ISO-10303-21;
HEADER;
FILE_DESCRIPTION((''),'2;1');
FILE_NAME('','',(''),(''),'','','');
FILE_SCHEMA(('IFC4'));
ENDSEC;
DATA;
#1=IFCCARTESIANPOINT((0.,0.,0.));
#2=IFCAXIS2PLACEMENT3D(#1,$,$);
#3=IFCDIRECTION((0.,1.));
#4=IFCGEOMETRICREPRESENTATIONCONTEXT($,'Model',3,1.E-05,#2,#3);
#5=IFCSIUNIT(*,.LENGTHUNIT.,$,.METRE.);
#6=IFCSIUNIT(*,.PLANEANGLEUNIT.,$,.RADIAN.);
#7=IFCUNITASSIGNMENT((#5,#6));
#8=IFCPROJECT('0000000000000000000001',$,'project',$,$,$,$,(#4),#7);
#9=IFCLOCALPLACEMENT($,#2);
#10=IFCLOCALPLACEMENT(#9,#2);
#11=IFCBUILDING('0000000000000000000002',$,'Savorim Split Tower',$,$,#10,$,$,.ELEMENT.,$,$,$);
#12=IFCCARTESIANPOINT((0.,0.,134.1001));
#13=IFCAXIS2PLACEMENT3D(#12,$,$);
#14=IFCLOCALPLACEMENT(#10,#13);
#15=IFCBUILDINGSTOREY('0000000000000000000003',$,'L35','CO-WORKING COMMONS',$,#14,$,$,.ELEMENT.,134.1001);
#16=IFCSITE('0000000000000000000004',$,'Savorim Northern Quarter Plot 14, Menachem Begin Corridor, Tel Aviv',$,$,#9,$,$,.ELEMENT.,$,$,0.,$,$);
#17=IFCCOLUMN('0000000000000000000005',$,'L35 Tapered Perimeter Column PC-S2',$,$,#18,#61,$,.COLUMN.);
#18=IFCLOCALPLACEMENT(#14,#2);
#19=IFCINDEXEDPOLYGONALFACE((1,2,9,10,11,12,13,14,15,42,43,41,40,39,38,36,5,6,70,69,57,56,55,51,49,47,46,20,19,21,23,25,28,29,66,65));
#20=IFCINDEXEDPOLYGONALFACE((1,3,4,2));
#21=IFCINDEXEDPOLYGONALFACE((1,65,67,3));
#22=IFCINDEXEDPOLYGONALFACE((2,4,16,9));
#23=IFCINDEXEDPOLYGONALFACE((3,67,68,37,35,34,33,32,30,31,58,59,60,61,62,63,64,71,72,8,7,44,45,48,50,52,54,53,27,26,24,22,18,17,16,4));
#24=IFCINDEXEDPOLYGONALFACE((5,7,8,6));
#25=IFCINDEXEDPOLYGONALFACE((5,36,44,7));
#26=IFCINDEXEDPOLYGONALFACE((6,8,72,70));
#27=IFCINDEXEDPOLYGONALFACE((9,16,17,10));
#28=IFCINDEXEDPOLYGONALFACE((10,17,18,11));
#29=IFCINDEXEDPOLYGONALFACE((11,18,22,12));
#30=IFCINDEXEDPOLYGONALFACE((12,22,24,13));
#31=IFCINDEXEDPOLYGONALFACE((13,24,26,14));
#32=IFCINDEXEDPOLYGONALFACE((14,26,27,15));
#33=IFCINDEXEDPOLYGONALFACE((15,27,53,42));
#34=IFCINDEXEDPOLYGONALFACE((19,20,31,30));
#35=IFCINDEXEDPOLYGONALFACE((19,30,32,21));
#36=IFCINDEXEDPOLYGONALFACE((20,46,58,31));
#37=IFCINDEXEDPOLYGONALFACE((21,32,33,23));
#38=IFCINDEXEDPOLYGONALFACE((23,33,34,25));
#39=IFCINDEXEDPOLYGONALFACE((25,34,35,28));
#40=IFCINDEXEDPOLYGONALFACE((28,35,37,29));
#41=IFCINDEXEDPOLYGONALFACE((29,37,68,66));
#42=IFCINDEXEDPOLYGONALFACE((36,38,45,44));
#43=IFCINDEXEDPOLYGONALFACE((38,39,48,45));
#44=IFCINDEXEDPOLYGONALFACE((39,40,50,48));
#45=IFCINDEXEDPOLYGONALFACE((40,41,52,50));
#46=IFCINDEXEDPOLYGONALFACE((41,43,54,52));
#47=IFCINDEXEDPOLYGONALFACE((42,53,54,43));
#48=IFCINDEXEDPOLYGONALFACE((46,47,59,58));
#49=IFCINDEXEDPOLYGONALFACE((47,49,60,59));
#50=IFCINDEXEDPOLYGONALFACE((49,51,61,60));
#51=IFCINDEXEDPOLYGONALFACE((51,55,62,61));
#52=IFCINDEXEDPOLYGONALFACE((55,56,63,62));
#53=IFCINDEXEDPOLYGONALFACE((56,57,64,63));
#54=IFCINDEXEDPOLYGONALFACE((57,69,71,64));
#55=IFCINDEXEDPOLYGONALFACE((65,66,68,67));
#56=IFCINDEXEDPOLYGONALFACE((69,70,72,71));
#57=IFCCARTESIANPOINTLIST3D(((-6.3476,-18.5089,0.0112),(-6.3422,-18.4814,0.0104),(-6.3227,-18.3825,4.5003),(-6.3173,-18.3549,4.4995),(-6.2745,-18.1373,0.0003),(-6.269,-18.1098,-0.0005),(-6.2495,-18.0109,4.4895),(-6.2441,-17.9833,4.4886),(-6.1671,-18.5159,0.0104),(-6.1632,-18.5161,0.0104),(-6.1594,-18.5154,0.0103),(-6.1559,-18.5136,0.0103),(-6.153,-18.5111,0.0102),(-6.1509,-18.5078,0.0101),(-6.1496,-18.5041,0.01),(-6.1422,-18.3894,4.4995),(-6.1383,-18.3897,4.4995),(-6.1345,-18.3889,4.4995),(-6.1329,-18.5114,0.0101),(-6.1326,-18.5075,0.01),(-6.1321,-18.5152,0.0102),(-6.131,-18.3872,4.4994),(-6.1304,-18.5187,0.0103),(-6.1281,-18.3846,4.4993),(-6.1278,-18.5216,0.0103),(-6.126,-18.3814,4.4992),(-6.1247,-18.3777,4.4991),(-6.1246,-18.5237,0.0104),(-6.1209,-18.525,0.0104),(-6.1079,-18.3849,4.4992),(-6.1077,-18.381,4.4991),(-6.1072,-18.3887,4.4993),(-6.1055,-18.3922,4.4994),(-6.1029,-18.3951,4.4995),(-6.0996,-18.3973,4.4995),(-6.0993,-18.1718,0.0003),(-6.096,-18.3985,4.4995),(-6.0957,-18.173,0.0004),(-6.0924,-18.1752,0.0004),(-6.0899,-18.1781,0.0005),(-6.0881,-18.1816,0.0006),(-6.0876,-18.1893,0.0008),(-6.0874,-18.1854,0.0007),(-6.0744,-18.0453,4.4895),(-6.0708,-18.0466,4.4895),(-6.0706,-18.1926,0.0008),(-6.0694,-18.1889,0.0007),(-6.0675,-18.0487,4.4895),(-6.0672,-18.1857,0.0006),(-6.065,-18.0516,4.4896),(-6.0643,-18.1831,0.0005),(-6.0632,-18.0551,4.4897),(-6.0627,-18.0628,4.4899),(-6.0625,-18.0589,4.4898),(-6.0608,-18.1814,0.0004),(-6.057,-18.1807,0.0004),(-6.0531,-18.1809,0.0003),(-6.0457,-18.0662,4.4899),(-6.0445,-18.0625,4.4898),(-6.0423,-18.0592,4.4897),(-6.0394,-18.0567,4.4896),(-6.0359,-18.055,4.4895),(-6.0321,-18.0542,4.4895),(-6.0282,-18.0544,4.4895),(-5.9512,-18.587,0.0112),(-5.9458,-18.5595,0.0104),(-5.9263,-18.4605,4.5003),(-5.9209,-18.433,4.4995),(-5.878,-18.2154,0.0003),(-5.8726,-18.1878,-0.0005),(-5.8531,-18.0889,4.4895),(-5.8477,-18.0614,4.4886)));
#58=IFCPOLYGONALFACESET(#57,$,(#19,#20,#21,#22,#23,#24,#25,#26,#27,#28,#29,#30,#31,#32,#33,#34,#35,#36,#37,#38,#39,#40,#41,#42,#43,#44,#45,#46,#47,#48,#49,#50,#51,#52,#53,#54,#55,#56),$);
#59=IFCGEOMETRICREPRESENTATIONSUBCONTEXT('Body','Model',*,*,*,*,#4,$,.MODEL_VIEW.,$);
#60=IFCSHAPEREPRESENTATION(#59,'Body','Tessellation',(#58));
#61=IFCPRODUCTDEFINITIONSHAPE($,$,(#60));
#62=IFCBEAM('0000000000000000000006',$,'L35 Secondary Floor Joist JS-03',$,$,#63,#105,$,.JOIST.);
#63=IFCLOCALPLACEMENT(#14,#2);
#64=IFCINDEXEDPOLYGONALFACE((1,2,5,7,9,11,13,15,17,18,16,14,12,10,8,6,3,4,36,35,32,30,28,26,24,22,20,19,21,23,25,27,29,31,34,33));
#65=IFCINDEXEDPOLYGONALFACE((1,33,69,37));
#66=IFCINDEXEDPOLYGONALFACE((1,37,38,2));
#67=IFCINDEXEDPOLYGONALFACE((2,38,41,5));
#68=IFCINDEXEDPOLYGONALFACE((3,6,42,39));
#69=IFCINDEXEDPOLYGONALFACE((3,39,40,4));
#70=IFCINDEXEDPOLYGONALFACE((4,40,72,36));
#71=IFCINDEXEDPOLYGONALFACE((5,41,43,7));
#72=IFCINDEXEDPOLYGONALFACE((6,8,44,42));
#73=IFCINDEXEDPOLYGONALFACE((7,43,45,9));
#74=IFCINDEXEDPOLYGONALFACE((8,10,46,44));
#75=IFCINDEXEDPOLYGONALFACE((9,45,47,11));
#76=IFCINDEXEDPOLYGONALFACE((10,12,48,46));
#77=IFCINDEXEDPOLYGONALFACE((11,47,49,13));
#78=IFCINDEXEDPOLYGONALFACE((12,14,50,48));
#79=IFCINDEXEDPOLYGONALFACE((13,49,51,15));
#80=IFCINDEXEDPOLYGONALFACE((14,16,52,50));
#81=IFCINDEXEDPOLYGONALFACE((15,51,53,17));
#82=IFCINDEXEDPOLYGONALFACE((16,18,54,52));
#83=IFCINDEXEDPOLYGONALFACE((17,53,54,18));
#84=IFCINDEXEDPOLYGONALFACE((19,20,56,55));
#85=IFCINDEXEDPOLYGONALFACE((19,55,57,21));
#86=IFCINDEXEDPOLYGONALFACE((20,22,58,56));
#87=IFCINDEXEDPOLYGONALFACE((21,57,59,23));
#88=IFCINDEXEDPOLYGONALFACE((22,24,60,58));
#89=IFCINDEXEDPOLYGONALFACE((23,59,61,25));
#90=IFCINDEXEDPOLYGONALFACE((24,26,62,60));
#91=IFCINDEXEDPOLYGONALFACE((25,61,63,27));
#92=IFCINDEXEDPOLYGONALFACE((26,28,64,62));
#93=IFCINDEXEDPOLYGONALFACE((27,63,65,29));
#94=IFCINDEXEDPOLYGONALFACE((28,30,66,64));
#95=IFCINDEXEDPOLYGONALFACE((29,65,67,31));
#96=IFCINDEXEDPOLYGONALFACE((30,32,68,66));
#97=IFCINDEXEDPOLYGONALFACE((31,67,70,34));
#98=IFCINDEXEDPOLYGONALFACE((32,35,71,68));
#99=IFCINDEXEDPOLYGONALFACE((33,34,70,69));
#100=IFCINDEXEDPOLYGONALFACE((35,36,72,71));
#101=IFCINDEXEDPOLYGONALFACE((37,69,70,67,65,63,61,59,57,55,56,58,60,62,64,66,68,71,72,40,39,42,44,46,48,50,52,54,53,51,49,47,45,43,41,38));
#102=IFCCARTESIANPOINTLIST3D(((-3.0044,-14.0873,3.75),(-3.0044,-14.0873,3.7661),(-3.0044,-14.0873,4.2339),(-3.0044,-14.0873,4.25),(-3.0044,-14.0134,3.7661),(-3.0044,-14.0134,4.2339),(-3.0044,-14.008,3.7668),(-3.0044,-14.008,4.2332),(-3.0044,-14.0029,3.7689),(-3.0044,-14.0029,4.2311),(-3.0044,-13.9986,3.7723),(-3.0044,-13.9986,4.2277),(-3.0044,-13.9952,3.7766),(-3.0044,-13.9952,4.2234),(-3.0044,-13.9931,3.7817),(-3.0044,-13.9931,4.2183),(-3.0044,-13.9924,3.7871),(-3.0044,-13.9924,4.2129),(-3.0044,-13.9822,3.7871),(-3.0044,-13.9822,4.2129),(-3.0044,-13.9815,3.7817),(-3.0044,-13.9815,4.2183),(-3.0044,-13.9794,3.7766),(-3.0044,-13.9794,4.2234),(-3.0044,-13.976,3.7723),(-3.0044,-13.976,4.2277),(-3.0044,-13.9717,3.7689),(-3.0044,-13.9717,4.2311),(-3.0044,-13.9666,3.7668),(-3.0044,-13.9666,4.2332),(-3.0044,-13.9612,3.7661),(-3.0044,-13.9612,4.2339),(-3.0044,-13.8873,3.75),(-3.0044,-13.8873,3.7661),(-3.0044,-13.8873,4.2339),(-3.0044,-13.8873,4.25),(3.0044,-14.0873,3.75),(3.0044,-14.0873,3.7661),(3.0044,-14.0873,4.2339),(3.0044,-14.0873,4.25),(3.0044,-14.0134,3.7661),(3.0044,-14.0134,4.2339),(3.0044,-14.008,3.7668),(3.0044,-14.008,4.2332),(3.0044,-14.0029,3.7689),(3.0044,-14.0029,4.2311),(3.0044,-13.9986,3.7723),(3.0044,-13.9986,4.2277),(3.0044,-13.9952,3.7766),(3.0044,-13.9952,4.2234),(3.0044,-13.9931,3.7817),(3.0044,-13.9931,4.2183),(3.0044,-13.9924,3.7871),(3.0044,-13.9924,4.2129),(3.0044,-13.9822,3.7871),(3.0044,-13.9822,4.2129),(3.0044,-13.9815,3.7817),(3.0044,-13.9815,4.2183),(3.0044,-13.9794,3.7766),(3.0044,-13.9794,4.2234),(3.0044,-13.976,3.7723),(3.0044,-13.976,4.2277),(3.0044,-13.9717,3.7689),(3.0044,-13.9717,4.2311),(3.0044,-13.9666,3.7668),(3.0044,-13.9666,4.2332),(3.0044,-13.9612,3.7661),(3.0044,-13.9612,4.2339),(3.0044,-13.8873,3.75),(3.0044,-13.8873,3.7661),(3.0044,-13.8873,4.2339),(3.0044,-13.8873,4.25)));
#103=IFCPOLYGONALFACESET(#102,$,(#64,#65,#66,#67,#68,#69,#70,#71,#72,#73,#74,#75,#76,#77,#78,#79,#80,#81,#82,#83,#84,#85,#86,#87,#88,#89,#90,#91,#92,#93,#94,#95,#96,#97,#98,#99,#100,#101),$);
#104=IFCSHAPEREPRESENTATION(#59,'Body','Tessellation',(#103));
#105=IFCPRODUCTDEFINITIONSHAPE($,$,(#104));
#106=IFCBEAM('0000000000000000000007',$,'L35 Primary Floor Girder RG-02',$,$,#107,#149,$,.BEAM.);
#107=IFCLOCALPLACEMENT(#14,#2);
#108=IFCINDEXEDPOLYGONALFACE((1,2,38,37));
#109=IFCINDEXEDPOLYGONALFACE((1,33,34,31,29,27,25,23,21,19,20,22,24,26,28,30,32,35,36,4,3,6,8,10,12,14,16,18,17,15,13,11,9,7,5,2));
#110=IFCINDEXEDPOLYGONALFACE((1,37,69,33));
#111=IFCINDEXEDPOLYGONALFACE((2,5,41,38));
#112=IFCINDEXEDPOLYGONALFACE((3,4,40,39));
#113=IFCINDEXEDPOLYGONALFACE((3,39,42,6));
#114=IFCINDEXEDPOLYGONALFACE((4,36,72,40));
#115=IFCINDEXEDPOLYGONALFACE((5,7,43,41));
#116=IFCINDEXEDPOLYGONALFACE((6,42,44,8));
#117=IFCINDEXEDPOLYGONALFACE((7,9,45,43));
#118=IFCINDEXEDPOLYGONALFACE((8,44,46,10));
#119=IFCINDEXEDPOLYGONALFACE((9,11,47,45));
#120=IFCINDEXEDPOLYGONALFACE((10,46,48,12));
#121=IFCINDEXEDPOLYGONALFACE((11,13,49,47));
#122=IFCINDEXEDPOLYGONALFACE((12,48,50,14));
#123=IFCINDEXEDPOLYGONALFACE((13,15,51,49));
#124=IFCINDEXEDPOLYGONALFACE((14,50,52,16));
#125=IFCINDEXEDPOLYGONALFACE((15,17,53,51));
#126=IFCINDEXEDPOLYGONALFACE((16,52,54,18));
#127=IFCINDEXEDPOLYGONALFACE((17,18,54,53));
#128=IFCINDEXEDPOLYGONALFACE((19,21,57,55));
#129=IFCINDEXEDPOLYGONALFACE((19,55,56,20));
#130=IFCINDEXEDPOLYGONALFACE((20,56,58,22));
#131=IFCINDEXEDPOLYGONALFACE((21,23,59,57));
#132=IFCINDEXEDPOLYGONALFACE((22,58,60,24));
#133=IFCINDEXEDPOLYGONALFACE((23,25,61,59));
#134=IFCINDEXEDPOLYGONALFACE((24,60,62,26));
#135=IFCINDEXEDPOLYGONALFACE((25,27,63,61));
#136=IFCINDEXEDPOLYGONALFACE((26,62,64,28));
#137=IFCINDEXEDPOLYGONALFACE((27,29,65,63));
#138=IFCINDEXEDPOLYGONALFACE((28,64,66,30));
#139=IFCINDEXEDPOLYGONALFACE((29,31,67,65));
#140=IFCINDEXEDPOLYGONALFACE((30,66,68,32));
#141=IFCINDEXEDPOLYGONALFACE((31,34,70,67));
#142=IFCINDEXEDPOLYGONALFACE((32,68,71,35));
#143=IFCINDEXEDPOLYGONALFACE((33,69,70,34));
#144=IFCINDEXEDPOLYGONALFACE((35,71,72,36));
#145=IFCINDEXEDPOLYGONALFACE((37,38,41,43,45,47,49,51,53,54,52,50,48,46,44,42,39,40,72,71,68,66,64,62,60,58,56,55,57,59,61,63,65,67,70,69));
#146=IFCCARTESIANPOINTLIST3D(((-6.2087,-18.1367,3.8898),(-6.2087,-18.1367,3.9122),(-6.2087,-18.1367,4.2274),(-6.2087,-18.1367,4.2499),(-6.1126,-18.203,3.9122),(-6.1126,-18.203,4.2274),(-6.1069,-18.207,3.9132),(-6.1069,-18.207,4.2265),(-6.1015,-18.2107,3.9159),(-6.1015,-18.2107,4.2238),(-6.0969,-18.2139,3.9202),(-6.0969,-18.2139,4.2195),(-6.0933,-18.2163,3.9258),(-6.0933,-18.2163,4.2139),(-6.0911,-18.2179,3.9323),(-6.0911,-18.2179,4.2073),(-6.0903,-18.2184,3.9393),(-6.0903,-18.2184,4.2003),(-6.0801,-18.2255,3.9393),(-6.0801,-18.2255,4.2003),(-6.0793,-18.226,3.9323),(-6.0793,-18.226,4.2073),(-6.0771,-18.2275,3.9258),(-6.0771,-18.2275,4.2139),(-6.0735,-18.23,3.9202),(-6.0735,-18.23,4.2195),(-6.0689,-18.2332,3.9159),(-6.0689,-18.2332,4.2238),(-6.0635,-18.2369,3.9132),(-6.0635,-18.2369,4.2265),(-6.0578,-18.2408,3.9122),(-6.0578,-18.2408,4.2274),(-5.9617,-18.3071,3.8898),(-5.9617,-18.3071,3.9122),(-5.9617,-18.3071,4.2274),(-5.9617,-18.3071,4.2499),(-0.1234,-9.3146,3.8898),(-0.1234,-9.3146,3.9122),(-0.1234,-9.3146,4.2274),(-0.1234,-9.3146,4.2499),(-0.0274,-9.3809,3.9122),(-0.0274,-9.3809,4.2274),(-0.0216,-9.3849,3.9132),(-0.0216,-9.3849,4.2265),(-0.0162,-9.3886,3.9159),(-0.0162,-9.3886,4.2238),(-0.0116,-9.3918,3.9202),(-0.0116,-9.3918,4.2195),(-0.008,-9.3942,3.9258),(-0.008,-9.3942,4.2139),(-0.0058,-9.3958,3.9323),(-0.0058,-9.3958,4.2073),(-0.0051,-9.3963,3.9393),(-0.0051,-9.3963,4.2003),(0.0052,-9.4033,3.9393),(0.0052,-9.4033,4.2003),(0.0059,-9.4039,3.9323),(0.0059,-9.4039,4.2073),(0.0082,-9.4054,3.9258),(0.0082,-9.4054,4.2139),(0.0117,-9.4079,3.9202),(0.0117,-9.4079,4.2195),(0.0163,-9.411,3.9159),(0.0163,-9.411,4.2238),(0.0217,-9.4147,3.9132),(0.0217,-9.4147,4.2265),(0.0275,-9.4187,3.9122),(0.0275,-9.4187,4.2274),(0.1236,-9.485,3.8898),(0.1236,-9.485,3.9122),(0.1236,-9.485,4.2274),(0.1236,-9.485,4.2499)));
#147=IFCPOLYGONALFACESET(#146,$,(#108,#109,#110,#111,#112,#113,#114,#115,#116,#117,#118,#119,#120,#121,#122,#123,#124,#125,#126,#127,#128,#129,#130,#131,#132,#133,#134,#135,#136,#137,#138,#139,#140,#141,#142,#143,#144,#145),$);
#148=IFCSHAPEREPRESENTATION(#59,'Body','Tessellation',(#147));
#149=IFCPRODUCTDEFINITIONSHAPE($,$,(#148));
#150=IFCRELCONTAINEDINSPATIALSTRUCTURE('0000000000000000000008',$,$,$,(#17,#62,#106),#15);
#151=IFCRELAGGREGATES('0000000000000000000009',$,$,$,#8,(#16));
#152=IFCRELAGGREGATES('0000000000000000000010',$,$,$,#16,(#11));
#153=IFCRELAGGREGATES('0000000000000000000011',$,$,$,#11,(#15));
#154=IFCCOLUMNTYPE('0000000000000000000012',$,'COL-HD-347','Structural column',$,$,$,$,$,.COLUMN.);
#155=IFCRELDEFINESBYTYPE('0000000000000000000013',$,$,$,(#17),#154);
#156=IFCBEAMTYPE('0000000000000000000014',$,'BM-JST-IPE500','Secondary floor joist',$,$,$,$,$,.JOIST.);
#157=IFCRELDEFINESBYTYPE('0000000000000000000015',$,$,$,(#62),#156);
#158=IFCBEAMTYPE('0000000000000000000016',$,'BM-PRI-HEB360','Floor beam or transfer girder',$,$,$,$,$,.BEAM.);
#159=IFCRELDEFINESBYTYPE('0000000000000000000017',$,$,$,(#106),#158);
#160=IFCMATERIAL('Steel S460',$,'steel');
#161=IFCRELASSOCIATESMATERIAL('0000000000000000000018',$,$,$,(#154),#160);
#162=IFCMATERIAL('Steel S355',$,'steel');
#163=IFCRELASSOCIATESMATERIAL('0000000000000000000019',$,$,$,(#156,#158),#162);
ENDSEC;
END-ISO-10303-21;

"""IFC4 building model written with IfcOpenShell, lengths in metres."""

from ifc_helpers import new_model, si_unit, direction, frame, origin, origin_2d, place, context, subcontext, project, spatial, i_section, extrude, material, material_profile, profile_set, type_object, element, save


model = new_model("IFC4")

# Units and contexts
model_context = context("Model", 3, precision=1e-05, world=origin(), true_north=direction((0.0, 1.0)))
body_context = subcontext(model_context, "Body", "Model", "MODEL_VIEW")
ifc_project = project(units=[si_unit("LENGTHUNIT", "METRE"), si_unit("PLANEANGLEUNIT", "RADIAN")], contexts=[model_context])

# Site, building, storey
site_placement = place(None, origin())
site = spatial("IfcSite", under=ifc_project, at=site_placement, Name="Savorim Northern Quarter Plot 14, Menachem Begin Corridor, Tel Aviv", CompositionType="ELEMENT", RefElevation=0.0)
building_placement = place(site_placement, origin())
building = spatial("IfcBuilding", under=site, at=building_placement, Name="Savorim Split Tower", CompositionType="ELEMENT")
storey_placement = place(building_placement, frame((0.0, 0.0, 134.1001)))
storey = spatial("IfcBuildingStorey", under=building, at=storey_placement, Name="L35", Description="CO-WORKING COMMONS", CompositionType="ELEMENT", Elevation=134.1001)

# Column
ifc_material_1 = material(Name="Steel S460", Category="steel")
ifc_material_profile_1 = material_profile(ifc_material_1, i_section(OverallWidth=0.4041, OverallDepth=0.407, WebThickness=0.0173, FlangeThickness=0.0281, FilletRadius=0.0149, at=origin_2d()), Name="HD 400x347")
ifc_profile_set_1 = profile_set([ifc_material_profile_1], Name="Steel S460")
column_type = type_object("IfcColumnType", Name="COL-HD-347", Description="Structural column", PredefinedType="COLUMN", material=ifc_profile_set_1)
column_placement = place(storey_placement, frame((-6.1101, -18.3484, 0.0054), z_axis=(0.005545, 0.02816, 0.999588), x_axis=(-0.981159, 0.193201, 0.0)))
element("IfcColumn", 1, at=column_placement, inside=storey, type_object=column_type, Name="L35 Tapered Perimeter Column PC-S2", PredefinedType="COLUMN", context=body_context, shape_type="SweptSolid", body=[
    extrude(i_section(OverallWidth=0.4041, OverallDepth=0.407, WebThickness=0.0173, FlangeThickness=0.0281, FilletRadius=0.0149, at=origin_2d()), origin(), (0.0, 0.0, 1.0), 4.491),
])

# Beams
ifc_material_2 = material(Name="Steel S355", Category="steel")
ifc_material_profile_2 = material_profile(ifc_material_2, i_section(OverallWidth=0.2, OverallDepth=0.5, WebThickness=0.0103, FlangeThickness=0.0161, FilletRadius=0.021, at=origin_2d()), Name="IPE 500")
ifc_profile_set_2 = profile_set([ifc_material_profile_2], Name="Steel S355")
beam_type_1 = type_object("IfcBeamType", Name="BM-JST-IPE500", Description="Secondary floor joist", PredefinedType="JOIST", material=ifc_profile_set_2)
beam_1_placement = place(storey_placement, frame((-3.0044, -13.9873, 4.0), z_axis=(1.0, 0.0, 0.0), x_axis=(0.0, 1.0, 0.0)))
element("IfcBeam", 2, at=beam_1_placement, inside=storey, type_object=beam_type_1, Name="L35 Secondary Floor Joist JS-03", PredefinedType="JOIST", context=body_context, shape_type="SweptSolid", body=[
    extrude(i_section(OverallWidth=0.2, OverallDepth=0.5, WebThickness=0.0103, FlangeThickness=0.0161, FilletRadius=0.021, at=origin_2d()), origin(), (0.0, 0.0, 1.0), 6.0088),
])
ifc_material_profile_3 = material_profile(ifc_material_2, i_section(OverallWidth=0.3, OverallDepth=0.3601, WebThickness=0.0125, FlangeThickness=0.0225, FilletRadius=0.0271, at=origin_2d()), Name="HEB 360")
ifc_profile_set_3 = profile_set([ifc_material_profile_3], Name="Steel S355")
beam_type_2 = type_object("IfcBeamType", Name="BM-PRI-HEB360", Description="Floor beam or transfer girder", PredefinedType="BEAM", material=ifc_profile_set_3)
beam_2_placement = place(storey_placement, frame((-6.0852, -18.2219, 4.0698), z_axis=(0.567799, 0.823167, 0.0), x_axis=(-0.823167, 0.567799, 0.0)))
element("IfcBeam", 3, at=beam_2_placement, inside=storey, type_object=beam_type_2, Name="L35 Primary Floor Girder RG-02", PredefinedType="BEAM", context=body_context, shape_type="SweptSolid", body=[
    extrude(i_section(OverallWidth=0.3, OverallDepth=0.3601, WebThickness=0.0125, FlangeThickness=0.0225, FilletRadius=0.0271, at=origin_2d()), origin(), (0.0, 0.0, 1.0), 10.7173),
])

save(model, "model.ifc")
